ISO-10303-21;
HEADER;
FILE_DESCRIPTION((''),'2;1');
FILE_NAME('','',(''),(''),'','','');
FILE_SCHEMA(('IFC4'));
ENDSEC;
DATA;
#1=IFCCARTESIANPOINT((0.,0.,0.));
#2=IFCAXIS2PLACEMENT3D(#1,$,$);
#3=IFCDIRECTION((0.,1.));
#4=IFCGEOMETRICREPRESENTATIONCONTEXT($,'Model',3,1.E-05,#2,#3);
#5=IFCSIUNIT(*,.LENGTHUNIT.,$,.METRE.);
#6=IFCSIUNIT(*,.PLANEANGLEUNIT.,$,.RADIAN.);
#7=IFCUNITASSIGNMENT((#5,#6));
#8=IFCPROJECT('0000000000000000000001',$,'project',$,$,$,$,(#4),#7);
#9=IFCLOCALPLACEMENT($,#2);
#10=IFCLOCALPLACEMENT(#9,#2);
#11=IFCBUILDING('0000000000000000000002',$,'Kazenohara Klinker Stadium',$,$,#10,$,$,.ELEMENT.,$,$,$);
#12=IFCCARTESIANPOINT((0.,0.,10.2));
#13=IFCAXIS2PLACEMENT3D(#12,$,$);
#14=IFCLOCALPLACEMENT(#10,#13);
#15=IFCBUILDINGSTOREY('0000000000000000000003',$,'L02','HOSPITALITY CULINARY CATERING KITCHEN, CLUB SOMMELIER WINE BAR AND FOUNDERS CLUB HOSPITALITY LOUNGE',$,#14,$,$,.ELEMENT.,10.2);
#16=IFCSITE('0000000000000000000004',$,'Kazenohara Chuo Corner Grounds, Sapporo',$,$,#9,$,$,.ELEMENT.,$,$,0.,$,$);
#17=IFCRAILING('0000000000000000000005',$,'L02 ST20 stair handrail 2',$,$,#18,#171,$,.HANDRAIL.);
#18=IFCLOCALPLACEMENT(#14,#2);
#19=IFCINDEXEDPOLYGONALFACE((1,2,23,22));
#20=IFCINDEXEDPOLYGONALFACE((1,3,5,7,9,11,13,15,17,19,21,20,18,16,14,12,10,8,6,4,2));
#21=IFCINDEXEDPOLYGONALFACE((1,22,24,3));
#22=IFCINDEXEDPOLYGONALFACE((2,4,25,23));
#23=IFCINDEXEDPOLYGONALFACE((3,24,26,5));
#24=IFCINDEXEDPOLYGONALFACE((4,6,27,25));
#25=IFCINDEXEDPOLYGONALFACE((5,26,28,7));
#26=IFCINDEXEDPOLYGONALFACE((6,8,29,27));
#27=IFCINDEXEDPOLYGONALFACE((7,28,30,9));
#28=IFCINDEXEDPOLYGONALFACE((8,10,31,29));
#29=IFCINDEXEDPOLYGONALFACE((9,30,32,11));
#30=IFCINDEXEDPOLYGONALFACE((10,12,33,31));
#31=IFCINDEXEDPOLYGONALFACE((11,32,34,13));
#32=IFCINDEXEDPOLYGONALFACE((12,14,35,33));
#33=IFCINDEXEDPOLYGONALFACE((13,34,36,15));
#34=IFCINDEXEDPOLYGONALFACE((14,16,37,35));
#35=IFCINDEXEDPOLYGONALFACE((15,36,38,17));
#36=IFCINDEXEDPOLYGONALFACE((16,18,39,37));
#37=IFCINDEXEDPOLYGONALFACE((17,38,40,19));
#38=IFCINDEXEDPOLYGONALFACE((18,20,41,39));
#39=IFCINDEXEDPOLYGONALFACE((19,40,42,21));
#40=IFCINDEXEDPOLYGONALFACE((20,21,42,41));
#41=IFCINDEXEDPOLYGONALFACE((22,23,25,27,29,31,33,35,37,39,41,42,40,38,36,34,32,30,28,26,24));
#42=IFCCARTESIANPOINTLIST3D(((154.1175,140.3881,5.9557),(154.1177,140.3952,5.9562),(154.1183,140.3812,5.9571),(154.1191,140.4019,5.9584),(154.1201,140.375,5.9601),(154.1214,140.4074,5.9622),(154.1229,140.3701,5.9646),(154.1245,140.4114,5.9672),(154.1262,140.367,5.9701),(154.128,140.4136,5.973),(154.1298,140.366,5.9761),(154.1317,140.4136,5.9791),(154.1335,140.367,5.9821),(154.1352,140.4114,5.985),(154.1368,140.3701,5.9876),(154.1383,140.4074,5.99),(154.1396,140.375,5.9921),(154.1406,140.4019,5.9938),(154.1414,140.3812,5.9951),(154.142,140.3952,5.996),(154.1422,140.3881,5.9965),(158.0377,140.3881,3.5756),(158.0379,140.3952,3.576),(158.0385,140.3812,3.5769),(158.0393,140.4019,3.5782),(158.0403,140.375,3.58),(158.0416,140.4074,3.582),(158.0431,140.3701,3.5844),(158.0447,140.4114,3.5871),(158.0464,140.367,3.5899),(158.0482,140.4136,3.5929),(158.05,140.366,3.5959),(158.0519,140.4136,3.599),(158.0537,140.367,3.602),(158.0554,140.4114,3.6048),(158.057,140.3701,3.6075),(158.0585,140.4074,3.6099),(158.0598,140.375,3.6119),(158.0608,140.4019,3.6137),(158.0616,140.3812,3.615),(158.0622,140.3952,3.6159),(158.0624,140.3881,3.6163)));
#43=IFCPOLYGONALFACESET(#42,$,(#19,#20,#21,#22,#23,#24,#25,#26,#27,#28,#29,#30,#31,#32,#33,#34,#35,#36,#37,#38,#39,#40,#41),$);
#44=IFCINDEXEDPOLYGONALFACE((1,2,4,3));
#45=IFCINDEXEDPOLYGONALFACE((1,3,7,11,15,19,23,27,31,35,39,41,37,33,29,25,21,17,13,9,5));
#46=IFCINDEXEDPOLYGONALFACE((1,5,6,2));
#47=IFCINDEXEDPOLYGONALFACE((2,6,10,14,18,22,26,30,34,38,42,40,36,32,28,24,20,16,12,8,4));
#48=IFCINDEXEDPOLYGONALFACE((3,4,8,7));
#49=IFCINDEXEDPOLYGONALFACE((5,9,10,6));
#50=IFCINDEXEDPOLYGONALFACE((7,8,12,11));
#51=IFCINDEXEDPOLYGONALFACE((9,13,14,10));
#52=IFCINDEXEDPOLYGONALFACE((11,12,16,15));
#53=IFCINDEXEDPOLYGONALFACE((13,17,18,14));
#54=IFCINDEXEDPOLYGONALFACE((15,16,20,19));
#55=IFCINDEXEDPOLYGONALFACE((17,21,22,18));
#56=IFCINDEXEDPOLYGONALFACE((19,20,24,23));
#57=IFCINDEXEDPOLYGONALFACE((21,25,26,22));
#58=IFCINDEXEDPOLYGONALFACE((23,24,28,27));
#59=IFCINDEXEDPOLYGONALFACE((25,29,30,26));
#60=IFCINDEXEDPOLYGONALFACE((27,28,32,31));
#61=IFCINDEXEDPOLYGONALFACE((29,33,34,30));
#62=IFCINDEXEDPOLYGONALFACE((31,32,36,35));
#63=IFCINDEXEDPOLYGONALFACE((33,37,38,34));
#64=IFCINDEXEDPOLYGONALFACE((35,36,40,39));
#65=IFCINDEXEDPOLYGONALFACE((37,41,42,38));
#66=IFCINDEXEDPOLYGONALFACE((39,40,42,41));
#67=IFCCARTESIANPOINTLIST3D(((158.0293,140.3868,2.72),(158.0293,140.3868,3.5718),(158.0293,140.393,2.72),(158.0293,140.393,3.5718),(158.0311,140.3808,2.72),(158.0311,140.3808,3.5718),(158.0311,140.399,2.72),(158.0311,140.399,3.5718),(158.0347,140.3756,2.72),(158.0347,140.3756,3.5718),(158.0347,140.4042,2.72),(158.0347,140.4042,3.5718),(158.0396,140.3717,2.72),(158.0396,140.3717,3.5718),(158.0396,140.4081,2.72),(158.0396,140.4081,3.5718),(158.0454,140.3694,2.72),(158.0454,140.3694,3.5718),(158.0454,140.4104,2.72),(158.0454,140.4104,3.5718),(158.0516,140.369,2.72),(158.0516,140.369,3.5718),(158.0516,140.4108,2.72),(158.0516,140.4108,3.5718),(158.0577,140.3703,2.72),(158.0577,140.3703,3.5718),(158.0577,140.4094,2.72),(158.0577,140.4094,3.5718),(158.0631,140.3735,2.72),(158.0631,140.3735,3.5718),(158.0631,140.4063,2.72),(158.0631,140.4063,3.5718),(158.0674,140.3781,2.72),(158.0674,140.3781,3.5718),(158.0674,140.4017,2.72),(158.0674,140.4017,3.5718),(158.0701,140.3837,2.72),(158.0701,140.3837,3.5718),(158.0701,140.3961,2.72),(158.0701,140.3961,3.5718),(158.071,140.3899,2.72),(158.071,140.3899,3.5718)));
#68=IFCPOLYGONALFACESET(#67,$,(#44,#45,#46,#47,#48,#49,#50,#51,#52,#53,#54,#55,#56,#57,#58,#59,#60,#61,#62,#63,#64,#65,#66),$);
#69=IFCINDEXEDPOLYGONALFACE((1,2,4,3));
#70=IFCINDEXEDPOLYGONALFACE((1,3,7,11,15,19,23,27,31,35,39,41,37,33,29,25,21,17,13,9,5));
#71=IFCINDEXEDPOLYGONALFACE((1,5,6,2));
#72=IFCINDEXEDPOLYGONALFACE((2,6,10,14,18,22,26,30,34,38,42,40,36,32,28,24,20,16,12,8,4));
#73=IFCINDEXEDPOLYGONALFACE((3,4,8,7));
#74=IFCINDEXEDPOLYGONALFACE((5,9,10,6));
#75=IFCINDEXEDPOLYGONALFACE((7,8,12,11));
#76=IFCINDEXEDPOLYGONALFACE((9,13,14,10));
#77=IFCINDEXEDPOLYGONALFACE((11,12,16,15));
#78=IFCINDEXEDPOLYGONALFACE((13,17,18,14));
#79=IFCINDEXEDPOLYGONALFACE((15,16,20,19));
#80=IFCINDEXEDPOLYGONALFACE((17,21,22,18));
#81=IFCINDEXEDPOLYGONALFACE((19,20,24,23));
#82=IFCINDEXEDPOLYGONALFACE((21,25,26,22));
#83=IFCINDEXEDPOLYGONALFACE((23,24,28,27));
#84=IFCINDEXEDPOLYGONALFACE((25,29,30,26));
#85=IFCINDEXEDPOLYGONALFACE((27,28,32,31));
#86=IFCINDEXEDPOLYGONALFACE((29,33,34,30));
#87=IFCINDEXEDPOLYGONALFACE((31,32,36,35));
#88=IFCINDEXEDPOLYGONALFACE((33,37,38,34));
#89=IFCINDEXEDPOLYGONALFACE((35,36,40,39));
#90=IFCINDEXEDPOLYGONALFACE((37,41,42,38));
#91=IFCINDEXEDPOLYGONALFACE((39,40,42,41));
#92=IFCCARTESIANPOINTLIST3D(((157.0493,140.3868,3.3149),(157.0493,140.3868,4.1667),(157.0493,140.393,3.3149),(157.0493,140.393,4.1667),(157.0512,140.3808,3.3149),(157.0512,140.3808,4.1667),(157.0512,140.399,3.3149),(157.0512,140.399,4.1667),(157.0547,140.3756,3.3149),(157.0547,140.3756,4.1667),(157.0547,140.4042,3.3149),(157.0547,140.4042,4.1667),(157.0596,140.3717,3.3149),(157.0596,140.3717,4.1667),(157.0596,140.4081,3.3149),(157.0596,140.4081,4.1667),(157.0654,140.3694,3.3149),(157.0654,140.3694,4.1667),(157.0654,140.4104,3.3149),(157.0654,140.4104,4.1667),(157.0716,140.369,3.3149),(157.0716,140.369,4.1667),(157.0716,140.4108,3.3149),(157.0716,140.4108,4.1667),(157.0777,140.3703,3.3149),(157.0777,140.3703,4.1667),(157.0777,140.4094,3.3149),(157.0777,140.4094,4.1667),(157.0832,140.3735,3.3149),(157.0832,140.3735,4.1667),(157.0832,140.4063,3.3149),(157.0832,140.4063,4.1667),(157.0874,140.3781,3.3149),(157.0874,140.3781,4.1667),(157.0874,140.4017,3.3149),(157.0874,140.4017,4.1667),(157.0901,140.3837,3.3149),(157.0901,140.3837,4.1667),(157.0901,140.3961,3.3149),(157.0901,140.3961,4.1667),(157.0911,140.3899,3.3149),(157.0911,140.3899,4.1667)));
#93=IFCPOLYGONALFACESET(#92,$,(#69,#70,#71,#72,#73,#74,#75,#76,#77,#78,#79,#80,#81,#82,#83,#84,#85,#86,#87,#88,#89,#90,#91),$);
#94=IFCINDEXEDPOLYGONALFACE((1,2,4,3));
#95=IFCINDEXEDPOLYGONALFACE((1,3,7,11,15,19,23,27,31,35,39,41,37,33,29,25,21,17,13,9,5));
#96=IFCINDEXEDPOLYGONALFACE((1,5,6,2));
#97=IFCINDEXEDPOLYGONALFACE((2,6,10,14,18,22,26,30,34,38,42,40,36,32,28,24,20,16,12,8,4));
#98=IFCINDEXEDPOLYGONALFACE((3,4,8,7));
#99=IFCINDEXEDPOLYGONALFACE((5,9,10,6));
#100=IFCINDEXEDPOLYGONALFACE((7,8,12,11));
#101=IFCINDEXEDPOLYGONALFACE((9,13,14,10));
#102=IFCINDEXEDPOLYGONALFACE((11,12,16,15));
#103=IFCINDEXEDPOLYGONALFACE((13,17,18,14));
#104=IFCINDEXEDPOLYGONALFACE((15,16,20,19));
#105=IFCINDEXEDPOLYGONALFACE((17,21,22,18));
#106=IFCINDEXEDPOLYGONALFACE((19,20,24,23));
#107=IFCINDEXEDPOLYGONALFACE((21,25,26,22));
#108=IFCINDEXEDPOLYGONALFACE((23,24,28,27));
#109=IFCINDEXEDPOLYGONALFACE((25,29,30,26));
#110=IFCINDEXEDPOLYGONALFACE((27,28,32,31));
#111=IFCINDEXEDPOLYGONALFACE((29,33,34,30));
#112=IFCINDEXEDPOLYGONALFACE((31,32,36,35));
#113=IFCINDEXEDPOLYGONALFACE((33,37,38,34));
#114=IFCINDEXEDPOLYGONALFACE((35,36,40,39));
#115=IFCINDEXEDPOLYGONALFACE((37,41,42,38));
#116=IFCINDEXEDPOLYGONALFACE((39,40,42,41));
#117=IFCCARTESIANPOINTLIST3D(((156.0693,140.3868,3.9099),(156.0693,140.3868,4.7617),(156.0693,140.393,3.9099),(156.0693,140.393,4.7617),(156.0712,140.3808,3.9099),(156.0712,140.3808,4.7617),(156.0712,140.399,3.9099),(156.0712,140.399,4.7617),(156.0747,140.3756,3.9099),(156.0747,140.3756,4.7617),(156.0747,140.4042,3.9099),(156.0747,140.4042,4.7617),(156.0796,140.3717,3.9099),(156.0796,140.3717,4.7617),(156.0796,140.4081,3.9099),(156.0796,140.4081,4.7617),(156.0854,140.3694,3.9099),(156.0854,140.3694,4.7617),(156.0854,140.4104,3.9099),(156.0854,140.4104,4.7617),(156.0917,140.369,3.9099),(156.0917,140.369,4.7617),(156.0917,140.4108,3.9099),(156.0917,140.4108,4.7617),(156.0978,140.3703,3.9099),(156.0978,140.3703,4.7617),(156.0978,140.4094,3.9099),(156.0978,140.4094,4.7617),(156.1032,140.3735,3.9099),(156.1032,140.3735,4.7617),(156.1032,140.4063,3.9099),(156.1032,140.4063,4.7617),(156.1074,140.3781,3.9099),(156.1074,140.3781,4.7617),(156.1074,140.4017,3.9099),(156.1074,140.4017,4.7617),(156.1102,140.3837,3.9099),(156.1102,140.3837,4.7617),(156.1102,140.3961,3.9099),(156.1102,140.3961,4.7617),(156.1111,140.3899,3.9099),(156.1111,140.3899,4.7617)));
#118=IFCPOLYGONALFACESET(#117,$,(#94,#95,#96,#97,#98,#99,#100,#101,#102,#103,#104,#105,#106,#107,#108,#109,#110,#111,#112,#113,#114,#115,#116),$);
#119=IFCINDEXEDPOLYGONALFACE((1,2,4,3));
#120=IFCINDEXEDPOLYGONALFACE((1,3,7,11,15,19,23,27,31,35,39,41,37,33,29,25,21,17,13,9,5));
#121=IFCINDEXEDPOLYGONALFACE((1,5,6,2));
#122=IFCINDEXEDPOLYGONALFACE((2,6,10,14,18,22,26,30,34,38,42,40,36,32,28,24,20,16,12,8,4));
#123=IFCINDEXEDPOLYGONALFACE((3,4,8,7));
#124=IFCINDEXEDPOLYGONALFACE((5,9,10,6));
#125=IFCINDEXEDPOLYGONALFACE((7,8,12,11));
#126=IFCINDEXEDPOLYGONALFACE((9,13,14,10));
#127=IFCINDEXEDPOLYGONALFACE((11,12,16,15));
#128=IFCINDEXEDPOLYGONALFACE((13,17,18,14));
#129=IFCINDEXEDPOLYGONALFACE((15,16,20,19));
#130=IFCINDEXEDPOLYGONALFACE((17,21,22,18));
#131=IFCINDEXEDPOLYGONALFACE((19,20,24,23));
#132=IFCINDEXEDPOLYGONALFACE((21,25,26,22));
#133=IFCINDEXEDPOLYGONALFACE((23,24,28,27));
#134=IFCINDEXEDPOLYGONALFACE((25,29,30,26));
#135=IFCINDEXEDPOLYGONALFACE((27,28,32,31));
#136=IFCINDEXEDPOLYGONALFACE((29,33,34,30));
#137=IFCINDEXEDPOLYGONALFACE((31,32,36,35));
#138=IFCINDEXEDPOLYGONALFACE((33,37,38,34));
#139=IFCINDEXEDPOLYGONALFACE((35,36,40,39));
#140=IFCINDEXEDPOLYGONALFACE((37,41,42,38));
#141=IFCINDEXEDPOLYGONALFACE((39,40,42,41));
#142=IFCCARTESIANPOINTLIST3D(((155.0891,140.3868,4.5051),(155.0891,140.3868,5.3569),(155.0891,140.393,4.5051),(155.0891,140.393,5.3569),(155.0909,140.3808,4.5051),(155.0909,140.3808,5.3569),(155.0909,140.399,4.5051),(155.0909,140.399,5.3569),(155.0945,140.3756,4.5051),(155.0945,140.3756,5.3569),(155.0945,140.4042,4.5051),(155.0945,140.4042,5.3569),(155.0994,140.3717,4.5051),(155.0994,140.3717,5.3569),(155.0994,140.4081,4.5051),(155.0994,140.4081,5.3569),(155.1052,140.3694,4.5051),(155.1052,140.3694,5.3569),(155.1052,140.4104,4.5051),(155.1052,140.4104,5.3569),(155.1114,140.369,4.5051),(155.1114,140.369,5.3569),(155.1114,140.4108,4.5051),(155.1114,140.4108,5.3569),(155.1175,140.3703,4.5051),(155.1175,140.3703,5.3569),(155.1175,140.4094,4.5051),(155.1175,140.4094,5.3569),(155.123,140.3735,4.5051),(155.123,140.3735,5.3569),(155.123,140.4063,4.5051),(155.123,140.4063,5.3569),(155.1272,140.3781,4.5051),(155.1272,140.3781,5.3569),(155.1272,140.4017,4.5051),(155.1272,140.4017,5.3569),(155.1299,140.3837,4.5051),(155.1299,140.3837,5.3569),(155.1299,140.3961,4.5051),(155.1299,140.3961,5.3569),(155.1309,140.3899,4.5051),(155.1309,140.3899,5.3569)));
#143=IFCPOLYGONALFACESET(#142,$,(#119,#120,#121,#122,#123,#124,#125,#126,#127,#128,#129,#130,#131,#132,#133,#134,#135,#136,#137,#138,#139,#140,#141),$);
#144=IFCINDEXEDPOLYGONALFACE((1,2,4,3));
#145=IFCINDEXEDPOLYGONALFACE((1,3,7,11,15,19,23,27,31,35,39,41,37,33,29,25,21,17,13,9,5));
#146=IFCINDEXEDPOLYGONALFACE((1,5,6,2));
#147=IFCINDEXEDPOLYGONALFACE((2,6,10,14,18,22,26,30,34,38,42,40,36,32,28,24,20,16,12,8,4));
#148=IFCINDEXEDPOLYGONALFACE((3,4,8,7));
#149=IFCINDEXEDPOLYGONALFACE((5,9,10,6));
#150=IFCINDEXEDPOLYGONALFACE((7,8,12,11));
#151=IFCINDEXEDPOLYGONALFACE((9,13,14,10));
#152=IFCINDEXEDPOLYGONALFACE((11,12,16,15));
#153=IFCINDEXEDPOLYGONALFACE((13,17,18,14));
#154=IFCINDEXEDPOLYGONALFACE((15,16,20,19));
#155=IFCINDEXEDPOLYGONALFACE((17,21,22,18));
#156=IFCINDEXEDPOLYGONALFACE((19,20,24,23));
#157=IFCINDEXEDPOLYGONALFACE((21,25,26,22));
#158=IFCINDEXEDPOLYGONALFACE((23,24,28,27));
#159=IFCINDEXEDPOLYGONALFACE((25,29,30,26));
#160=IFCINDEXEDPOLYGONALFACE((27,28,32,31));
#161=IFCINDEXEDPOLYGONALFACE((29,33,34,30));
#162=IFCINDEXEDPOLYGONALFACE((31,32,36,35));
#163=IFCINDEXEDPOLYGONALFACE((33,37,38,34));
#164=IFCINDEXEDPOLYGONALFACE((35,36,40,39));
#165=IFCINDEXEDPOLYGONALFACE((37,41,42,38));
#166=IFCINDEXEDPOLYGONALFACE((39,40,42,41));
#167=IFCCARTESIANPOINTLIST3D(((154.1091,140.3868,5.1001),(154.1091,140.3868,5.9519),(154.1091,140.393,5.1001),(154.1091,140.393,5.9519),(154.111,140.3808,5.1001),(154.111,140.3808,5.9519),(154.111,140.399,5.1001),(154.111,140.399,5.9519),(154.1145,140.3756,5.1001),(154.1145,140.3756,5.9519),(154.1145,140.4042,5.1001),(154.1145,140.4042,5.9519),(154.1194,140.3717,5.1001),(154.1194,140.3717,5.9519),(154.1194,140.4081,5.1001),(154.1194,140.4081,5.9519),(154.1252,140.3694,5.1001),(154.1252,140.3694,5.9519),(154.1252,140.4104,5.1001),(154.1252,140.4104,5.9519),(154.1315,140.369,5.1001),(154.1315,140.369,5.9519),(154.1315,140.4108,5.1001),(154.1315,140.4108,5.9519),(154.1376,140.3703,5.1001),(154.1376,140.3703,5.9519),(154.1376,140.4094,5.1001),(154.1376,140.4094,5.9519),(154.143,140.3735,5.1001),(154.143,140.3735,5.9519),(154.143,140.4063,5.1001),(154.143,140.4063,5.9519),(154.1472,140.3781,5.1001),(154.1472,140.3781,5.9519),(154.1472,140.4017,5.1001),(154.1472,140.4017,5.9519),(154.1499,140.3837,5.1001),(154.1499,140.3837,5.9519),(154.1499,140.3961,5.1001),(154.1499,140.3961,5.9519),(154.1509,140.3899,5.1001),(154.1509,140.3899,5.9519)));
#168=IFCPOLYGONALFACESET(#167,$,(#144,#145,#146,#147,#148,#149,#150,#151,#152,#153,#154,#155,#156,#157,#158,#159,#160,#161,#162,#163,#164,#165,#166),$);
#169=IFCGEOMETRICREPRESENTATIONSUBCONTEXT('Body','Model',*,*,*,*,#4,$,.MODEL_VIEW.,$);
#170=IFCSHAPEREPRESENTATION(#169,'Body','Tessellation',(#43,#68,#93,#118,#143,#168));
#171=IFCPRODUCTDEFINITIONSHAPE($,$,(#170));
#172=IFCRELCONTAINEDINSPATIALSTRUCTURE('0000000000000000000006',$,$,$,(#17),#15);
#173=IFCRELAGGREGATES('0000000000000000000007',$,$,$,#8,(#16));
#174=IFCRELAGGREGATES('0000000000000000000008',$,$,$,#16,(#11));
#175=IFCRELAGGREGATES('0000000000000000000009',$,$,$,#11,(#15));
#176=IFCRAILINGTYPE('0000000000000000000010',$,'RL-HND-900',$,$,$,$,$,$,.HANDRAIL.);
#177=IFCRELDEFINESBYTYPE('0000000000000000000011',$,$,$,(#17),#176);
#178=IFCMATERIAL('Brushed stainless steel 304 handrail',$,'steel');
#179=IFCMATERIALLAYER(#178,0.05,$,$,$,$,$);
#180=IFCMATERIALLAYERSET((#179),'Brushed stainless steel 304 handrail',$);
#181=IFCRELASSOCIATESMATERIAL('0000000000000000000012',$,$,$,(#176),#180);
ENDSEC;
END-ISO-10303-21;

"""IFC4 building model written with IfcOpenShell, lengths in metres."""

from ifc_helpers import new_model, si_unit, direction, frame, origin, origin_2d, place, context, subcontext, project, spatial, circle, extrude, material, layer, layer_set, type_object, element, save


model = new_model("IFC4")

# Units and contexts
model_context = context("Model", 3, precision=1e-05, world=origin(), true_north=direction((0.0, 1.0)))
body_context = subcontext(model_context, "Body", "Model", "MODEL_VIEW")
ifc_project = project(units=[si_unit("LENGTHUNIT", "METRE"), si_unit("PLANEANGLEUNIT", "RADIAN")], contexts=[model_context])

# Site, building, storey
site_placement = place(None, origin())
site = spatial("IfcSite", under=ifc_project, at=site_placement, Name="Kazenohara Chuo Corner Grounds, Sapporo", CompositionType="ELEMENT", RefElevation=0.0)
building_placement = place(site_placement, origin())
building = spatial("IfcBuilding", under=site, at=building_placement, Name="Kazenohara Klinker Stadium", CompositionType="ELEMENT")
storey_placement = place(building_placement, frame((0.0, 0.0, 10.2)))
storey = spatial("IfcBuildingStorey", under=building, at=storey_placement, Name="L02", Description="HOSPITALITY CULINARY CATERING KITCHEN, CLUB SOMMELIER WINE BAR AND FOUNDERS CLUB HOSPITALITY LOUNGE", CompositionType="ELEMENT", Elevation=10.2)

# Railing
ifc_material_1 = material(Name="Brushed stainless steel 304 handrail", Category="steel")
ifc_layer_1 = layer(ifc_material_1, 0.05)
ifc_layer_set_1 = layer_set([ifc_layer_1], Name="Brushed stainless steel 304 handrail")
railing_type_1 = type_object("IfcRailingType", Name="RL-HND-900", PredefinedType="HANDRAIL", material=ifc_layer_set_1)
railing_1_placement = place(storey_placement, frame((158.05, 140.3899, 2.72)))
element("IfcRailing", 1, at=railing_1_placement, inside=storey, type_object=railing_type_1, Name="L02 ST20 stair handrail 2", PredefinedType="HANDRAIL", context=body_context, shape_type="SweptSolid", body=[
    extrude(circle(Radius=0.0239, at=origin_2d()), frame((0.0, 0.0, 0.876), z_axis=(-0.854785, 0.0, 0.518982), x_axis=(0.0, -1.0, 0.0)), (0.0, 0.0, 1.0), 4.5862),
    extrude(circle(Radius=0.021, at=origin_2d()), origin(), (0.0, 0.0, 1.0), 0.8518),
    extrude(circle(Radius=0.021, at=origin_2d()), frame((-0.98, 0.0, 0.595)), (0.0, 0.0, 1.0), 0.8518),
    extrude(circle(Radius=0.021, at=origin_2d()), frame((-1.96, 0.0, 1.1899)), (0.0, 0.0, 1.0), 0.8518),
    extrude(circle(Radius=0.021, at=origin_2d()), frame((-2.9402, 0.0, 1.7852)), (0.0, 0.0, 1.0), 0.8518),
    extrude(circle(Radius=0.021, at=origin_2d()), frame((-3.9202, 0.0, 2.3801)), (0.0, 0.0, 1.0), 0.8518),
])

save(model, "model.ifc")
